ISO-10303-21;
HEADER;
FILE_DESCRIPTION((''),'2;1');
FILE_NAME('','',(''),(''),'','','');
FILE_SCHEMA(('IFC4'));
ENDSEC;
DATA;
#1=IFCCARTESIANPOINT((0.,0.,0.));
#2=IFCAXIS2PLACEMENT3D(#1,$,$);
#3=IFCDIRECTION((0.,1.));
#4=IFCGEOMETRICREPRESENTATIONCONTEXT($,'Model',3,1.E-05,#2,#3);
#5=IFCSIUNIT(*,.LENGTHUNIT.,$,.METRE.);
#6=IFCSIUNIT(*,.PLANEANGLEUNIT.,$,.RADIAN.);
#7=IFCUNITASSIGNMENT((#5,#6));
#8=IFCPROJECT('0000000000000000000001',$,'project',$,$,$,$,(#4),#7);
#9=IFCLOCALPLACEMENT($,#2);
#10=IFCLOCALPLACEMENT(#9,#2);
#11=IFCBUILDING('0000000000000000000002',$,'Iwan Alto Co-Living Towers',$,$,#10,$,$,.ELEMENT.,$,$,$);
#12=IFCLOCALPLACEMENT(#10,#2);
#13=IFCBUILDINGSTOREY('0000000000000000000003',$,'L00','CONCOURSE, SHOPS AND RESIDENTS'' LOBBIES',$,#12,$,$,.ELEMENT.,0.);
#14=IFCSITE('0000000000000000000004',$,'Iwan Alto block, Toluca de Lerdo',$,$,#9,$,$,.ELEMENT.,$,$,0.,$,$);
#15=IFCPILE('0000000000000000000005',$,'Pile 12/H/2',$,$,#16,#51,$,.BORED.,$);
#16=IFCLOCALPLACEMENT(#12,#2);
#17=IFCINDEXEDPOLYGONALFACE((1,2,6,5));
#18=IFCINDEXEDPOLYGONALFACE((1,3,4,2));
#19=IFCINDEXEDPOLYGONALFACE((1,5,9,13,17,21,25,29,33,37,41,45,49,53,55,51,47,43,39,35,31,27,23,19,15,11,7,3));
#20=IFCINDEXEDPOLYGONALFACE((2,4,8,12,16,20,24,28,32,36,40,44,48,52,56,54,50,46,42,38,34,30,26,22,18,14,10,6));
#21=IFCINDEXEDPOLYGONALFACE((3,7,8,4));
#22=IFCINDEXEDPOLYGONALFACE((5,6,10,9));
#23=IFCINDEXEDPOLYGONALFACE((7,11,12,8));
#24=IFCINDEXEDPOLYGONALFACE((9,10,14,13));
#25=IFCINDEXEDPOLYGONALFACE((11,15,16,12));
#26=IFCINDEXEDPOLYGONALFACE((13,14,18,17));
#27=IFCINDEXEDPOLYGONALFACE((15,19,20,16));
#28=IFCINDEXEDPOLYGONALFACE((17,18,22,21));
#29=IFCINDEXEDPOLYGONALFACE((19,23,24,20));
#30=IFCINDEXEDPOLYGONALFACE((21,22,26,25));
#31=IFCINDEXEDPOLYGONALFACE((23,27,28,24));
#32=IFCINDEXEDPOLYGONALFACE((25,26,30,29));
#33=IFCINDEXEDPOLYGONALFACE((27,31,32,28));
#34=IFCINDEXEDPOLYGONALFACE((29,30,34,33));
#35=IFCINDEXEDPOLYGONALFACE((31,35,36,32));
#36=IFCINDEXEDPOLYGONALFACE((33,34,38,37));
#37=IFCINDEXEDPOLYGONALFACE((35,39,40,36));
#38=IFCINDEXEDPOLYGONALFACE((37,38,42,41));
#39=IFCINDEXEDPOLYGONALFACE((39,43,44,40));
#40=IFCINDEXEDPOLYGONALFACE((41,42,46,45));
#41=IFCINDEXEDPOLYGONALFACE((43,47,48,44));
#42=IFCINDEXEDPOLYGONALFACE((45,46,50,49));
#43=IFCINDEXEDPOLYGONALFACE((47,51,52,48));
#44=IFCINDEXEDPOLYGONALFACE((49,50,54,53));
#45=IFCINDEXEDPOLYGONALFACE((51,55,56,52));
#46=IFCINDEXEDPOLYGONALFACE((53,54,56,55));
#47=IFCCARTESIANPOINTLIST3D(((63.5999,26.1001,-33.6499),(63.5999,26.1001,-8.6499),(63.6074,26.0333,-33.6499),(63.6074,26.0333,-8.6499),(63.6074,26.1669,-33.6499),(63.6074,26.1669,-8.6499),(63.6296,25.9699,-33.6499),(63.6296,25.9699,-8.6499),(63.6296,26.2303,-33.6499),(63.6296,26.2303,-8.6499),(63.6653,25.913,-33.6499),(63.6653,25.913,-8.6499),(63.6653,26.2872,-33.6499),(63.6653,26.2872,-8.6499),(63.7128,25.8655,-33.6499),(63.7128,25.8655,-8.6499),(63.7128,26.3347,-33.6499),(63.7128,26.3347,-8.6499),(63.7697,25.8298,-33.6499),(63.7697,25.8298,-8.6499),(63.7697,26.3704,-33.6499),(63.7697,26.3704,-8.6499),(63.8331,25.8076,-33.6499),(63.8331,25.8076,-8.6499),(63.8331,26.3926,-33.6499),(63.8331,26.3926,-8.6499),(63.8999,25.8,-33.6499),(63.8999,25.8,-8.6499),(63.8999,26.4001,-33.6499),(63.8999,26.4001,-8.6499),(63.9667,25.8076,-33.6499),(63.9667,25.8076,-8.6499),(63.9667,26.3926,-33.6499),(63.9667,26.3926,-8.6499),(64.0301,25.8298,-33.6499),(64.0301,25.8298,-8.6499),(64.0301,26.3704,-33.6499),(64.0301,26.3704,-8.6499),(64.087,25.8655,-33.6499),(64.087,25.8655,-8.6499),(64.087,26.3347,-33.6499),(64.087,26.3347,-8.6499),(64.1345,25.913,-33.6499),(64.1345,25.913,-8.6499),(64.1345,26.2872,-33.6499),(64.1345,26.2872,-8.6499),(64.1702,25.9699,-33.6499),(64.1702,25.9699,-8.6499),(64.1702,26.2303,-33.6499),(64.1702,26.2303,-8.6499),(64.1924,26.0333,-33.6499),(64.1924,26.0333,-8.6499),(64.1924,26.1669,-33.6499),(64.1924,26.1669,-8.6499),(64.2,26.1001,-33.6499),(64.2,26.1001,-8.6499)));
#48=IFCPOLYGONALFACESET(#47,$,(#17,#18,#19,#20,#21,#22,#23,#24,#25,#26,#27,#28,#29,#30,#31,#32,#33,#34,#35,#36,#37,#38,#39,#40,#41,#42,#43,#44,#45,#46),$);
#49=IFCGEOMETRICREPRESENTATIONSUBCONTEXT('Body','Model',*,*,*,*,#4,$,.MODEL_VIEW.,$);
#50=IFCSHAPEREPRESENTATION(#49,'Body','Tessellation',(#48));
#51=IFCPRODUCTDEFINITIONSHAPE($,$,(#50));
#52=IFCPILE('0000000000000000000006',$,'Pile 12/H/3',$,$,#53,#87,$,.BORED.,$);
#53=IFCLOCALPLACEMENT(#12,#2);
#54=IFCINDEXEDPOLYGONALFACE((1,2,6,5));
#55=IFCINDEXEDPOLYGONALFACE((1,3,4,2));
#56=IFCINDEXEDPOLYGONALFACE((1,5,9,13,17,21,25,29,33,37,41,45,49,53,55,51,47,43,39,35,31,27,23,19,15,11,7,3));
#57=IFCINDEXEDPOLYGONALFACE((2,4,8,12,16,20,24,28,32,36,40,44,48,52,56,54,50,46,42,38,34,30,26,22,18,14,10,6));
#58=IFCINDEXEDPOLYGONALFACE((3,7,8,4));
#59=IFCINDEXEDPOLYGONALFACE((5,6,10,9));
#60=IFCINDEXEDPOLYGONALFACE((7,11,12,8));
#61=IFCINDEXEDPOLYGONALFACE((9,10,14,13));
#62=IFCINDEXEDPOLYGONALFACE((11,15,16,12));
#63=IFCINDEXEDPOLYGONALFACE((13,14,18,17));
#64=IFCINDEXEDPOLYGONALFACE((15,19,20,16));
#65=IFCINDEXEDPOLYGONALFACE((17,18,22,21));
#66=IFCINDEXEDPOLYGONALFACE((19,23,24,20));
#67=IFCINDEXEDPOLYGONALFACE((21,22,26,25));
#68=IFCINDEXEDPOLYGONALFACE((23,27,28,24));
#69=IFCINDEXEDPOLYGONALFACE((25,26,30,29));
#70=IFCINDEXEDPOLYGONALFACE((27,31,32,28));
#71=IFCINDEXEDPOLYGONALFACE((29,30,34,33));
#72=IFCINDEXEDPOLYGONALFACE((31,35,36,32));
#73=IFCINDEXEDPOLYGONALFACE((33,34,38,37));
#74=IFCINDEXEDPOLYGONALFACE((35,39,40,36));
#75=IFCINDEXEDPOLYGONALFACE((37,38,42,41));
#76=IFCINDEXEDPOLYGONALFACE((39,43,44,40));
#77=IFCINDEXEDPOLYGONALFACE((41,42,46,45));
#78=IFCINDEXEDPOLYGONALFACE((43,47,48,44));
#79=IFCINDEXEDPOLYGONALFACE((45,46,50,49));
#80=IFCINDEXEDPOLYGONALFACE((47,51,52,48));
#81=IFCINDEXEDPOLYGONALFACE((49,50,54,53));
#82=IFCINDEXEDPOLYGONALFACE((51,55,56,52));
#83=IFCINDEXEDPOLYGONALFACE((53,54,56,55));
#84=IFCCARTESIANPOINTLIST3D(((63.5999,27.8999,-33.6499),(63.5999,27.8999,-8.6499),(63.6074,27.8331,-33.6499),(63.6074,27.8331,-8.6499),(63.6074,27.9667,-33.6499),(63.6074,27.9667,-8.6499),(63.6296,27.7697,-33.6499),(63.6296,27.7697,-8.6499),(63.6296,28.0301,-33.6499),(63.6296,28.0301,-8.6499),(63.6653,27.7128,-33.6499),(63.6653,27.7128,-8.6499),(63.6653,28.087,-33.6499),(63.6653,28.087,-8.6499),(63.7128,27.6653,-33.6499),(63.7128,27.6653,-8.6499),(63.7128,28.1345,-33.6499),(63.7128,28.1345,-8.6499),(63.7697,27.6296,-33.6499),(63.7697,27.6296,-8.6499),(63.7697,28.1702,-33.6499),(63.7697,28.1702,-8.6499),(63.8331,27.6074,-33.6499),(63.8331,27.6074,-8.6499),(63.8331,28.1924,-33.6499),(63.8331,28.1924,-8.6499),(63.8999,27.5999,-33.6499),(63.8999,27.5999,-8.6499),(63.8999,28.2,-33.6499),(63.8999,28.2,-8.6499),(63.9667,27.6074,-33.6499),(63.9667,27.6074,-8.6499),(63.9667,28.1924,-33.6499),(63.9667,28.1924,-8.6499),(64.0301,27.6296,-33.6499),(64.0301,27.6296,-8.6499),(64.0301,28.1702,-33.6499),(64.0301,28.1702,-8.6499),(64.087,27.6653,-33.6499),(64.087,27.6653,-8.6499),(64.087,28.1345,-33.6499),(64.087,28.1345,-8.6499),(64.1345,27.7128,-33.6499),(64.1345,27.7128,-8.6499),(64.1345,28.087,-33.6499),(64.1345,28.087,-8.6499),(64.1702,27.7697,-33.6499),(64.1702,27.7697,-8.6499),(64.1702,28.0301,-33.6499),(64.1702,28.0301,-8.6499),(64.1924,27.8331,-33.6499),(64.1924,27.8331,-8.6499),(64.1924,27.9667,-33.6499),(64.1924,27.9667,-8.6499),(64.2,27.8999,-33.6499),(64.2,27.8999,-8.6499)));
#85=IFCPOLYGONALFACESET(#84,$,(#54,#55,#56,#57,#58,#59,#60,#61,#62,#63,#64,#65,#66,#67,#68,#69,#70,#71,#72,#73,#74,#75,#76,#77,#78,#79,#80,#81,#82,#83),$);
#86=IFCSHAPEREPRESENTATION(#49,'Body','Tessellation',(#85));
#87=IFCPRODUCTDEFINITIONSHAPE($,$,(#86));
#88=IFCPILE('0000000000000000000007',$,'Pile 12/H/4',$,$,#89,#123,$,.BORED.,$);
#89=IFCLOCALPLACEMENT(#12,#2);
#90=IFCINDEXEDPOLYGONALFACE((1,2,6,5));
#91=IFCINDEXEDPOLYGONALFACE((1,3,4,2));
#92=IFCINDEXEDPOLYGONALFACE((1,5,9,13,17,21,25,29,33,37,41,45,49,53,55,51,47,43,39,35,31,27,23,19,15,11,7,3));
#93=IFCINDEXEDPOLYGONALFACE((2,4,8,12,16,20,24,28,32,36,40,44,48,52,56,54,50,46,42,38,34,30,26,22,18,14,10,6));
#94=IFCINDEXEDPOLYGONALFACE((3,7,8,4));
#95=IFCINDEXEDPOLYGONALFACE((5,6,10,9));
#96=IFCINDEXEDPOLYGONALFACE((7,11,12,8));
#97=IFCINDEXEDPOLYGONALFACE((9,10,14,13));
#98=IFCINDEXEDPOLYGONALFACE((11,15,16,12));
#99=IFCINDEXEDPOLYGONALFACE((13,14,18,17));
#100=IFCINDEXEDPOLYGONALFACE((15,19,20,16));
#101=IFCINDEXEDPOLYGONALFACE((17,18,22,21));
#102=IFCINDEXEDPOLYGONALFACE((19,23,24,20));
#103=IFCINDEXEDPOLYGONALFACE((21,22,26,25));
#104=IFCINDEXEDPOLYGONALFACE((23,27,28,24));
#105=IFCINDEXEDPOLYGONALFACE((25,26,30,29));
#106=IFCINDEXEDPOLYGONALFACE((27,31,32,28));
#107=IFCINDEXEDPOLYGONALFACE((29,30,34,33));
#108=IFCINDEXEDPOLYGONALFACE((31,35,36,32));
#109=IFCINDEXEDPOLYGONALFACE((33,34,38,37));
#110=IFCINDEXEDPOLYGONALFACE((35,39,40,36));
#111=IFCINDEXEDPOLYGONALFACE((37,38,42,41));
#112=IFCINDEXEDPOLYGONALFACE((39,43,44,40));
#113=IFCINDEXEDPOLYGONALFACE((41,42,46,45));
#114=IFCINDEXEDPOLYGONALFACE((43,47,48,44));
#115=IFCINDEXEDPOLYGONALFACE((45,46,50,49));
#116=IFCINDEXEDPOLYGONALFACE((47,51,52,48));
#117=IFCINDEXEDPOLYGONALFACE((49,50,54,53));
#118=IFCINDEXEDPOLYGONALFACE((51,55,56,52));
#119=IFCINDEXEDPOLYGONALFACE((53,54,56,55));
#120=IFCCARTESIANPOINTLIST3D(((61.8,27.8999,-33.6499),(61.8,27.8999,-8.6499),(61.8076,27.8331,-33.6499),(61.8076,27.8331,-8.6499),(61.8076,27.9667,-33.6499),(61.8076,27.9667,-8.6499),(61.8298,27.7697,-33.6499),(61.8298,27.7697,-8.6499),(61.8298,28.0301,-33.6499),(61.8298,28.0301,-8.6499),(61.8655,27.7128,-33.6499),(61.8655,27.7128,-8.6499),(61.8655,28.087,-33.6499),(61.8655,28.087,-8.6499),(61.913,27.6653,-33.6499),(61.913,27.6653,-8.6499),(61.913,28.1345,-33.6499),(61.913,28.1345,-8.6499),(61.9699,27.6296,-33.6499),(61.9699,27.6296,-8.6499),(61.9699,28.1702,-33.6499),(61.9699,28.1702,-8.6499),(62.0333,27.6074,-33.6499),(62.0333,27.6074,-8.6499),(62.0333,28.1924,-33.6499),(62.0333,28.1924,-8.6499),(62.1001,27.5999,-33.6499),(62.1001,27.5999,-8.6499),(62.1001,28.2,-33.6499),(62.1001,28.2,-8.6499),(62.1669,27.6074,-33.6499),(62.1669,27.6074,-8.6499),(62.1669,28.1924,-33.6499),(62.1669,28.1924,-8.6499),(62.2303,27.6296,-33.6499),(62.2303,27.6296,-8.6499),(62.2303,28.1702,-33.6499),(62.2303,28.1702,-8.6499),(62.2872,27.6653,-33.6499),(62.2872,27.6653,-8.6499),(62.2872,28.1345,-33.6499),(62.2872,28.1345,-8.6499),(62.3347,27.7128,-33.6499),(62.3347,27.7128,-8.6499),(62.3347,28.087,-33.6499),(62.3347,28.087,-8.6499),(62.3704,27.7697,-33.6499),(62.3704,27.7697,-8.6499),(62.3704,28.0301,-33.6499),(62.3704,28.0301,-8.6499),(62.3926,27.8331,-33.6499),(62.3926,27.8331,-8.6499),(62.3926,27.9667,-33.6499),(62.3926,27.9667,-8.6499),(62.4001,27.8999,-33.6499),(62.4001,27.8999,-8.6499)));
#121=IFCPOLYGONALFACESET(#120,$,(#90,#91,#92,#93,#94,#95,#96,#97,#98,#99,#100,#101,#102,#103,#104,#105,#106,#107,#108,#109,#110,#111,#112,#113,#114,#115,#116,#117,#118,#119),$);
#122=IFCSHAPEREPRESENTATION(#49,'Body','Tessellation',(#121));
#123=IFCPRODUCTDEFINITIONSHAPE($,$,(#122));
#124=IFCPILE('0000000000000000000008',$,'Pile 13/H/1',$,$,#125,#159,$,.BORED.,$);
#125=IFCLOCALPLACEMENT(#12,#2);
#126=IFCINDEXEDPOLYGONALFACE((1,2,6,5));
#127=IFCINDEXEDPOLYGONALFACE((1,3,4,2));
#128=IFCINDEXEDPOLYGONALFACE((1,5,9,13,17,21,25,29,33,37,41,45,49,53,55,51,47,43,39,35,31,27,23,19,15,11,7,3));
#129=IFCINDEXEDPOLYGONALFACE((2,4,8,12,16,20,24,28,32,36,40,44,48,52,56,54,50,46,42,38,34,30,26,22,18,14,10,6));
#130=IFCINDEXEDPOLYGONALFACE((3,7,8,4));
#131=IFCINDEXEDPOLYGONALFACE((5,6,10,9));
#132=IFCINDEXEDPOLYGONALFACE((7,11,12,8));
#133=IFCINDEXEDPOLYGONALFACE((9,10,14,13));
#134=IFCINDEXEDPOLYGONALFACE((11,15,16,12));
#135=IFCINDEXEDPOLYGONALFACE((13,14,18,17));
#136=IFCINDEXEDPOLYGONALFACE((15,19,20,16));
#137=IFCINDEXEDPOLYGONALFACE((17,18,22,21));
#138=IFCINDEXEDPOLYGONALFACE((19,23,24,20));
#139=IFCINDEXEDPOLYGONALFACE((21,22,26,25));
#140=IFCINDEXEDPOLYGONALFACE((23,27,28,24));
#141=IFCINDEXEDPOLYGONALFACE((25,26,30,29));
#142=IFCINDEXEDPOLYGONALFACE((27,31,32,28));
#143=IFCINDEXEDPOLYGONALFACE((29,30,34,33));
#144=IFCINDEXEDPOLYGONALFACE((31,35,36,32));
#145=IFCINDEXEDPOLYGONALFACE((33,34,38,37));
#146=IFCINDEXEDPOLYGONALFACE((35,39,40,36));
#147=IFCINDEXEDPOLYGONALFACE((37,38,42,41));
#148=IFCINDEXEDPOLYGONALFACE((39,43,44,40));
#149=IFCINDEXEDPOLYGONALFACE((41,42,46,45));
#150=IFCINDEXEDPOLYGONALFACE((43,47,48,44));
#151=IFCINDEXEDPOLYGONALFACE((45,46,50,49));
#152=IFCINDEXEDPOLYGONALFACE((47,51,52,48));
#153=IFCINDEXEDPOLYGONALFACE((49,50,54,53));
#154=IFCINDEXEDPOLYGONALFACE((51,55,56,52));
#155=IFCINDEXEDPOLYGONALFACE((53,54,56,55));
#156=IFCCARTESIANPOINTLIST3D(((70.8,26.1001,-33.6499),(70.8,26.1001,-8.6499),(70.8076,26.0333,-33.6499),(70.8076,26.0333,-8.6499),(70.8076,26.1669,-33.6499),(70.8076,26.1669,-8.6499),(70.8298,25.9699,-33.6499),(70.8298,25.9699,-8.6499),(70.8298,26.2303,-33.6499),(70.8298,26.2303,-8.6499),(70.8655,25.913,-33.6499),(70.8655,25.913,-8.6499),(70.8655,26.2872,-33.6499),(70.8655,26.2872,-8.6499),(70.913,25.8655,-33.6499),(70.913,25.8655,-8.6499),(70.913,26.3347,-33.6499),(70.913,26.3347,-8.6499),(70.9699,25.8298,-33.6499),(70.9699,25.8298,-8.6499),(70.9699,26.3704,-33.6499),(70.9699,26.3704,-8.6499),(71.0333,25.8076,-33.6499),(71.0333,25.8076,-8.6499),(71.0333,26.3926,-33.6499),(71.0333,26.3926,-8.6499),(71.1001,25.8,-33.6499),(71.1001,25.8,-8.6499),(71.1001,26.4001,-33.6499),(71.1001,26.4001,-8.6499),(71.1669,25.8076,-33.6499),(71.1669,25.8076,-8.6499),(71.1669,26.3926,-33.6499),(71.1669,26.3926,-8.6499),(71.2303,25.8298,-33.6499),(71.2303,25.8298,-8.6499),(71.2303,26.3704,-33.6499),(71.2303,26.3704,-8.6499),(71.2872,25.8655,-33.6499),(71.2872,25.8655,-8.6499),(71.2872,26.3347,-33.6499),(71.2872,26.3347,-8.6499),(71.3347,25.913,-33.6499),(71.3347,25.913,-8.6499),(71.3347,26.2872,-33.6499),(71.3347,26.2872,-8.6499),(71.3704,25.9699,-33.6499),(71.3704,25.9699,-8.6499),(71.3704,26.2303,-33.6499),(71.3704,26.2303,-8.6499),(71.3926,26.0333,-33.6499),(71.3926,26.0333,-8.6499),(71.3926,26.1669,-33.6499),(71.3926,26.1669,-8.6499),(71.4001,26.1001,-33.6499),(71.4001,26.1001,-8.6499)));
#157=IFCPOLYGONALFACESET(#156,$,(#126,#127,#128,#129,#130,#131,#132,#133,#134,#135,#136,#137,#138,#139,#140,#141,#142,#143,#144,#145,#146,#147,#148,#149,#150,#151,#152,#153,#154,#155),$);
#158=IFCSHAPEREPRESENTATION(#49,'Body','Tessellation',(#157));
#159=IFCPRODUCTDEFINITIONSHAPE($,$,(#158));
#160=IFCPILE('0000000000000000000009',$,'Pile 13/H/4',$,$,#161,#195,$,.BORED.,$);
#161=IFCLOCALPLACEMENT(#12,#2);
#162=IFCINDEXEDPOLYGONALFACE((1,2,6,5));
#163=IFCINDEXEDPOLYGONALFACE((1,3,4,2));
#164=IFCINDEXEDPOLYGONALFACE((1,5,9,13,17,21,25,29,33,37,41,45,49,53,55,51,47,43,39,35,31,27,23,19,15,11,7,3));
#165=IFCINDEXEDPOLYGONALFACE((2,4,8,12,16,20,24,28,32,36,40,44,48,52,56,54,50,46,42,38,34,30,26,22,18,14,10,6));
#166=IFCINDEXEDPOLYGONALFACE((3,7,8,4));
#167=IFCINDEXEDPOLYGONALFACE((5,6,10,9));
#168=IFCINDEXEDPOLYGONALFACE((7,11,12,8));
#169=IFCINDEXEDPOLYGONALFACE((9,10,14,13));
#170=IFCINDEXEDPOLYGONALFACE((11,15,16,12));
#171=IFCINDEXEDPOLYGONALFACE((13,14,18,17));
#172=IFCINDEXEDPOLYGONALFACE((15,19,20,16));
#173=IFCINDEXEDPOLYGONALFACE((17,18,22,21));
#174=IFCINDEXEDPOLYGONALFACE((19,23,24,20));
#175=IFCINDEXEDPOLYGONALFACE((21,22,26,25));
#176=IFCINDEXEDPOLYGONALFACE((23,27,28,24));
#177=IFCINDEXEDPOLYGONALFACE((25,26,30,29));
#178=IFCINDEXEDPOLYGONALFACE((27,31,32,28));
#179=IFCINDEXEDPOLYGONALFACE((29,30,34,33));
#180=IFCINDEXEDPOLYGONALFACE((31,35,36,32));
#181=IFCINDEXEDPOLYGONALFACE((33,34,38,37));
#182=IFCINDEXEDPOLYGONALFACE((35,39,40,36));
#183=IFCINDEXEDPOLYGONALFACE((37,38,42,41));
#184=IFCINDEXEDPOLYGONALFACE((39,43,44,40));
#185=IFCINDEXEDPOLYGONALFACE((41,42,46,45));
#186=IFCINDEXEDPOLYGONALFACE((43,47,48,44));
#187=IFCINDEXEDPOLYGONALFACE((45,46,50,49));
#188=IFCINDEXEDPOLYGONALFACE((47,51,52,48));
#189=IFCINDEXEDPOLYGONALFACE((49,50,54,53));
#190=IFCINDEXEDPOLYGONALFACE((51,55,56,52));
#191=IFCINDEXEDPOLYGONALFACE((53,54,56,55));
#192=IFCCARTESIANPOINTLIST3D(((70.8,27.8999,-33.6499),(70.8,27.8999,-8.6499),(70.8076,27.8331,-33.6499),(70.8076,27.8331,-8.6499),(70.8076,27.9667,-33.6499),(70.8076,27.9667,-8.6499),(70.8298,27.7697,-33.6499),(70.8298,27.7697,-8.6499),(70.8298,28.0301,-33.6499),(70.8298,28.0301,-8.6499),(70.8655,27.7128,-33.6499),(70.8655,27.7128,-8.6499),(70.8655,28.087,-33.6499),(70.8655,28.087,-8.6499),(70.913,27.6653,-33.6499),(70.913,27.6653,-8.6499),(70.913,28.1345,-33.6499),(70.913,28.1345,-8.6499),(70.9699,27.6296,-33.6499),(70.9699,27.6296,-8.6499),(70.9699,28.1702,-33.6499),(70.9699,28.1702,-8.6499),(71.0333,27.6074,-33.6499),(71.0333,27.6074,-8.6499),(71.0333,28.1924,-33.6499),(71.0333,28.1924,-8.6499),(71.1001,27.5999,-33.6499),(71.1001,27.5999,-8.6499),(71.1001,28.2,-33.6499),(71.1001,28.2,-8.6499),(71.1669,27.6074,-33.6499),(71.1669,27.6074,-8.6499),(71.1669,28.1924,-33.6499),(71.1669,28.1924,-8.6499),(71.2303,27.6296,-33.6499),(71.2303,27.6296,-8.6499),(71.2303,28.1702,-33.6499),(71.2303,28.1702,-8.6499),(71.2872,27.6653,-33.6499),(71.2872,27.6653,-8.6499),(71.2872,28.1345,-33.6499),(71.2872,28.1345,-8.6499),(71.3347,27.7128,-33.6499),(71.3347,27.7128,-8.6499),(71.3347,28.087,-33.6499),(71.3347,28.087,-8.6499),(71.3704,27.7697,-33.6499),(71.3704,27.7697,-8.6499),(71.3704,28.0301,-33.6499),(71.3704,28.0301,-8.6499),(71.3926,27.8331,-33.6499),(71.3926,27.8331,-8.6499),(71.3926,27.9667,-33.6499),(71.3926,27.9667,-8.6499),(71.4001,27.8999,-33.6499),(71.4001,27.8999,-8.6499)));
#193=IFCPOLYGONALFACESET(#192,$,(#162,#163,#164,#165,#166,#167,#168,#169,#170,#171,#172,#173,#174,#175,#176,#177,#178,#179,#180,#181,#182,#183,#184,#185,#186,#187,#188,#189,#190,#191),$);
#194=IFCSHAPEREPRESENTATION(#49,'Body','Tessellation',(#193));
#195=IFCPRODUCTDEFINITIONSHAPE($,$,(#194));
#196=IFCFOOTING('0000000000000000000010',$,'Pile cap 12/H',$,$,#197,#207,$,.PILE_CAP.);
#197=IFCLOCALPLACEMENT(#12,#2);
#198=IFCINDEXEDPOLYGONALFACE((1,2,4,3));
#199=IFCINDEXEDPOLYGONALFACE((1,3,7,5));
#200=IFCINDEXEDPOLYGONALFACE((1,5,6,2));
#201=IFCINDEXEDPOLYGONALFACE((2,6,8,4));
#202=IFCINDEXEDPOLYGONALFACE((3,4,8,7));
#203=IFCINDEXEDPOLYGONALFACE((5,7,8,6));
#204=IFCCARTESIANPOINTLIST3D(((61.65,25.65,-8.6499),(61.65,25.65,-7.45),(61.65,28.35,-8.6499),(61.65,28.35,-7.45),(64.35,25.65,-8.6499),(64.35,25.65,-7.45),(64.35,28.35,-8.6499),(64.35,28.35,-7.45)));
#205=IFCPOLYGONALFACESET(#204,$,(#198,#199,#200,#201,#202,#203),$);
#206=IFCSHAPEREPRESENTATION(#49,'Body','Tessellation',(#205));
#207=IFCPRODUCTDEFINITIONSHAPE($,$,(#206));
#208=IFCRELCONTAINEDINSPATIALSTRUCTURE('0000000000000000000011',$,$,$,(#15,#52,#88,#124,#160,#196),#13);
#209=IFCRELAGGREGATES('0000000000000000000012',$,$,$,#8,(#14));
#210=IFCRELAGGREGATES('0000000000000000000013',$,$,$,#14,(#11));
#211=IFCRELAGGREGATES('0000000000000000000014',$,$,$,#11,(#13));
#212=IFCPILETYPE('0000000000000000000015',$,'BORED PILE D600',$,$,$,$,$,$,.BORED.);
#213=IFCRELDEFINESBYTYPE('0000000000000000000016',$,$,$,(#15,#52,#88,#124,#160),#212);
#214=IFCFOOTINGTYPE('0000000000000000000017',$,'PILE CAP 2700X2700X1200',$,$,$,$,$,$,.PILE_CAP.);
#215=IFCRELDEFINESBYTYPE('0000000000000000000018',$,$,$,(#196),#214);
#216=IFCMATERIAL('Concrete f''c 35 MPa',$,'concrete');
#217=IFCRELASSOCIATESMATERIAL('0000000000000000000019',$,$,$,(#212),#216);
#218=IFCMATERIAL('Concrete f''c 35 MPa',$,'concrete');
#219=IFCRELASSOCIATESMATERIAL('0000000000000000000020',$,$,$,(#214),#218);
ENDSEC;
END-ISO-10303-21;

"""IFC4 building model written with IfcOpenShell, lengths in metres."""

from ifc_helpers import new_model, si_unit, direction, frame, origin, origin_2d, place, context, subcontext, project, spatial, rectangle, circle, extrude, material, material_profile, profile_set, type_object, element, save


model = new_model("IFC4")

# Units and contexts
model_context = context("Model", 3, precision=1e-05, world=origin(), true_north=direction((0.0, 1.0)))
body_context = subcontext(model_context, "Body", "Model", "MODEL_VIEW")
ifc_project = project(units=[si_unit("LENGTHUNIT", "METRE"), si_unit("PLANEANGLEUNIT", "RADIAN")], contexts=[model_context])

# Site, building, storey
site_placement = place(None, origin())
site = spatial("IfcSite", under=ifc_project, at=site_placement, Name="Iwan Alto block, Toluca de Lerdo", CompositionType="ELEMENT", RefElevation=0.0)
building_placement = place(site_placement, origin())
building = spatial("IfcBuilding", under=site, at=building_placement, Name="Iwan Alto Co-Living Towers", CompositionType="ELEMENT")
storey_placement = place(building_placement, origin())
storey = spatial("IfcBuildingStorey", under=building, at=storey_placement, Name="L00", Description="CONCOURSE, SHOPS AND RESIDENTS' LOBBIES", CompositionType="ELEMENT", Elevation=0.0)

# Piles
ifc_material_1 = material(Name="Concrete f'c 35 MPa", Category="concrete")
ifc_material_profile_1 = material_profile(ifc_material_1, circle(Radius=0.3, at=origin_2d()), Name="D600")
ifc_profile_set_1 = profile_set([ifc_material_profile_1], Name="Concrete f'c 35 MPa")
pile_type_1 = type_object("IfcPileType", Name="BORED PILE D600", PredefinedType="BORED", material=ifc_profile_set_1)
for number, where, z_axis, x_axis, name in (
    (1, (63.8999, 26.1001, -8.6499), (0.0, 0.0, -1.0), (1.0, 0.0, 0.0), "Pile 12/H/2"),
    (2, (63.8999, 27.8999, -8.6499), (0.0, 0.0, -1.0), (1.0, 0.0, 0.0), "Pile 12/H/3"),
    (3, (62.1001, 27.8999, -8.6499), (0.0, 0.0, -1.0), (1.0, 0.0, 0.0), "Pile 12/H/4"),
    (4, (71.1001, 26.1001, -8.6499), (0.0, 0.0, -1.0), (1.0, 0.0, 0.0), "Pile 13/H/1"),
    (5, (71.1001, 27.8999, -8.6499), (0.0, 0.0, -1.0), (1.0, 0.0, 0.0), "Pile 13/H/4"),
):
    element("IfcPile", number, at=place(storey_placement, frame(where, z_axis=z_axis, x_axis=x_axis)), inside=storey, type_object=pile_type_1, Name=name, PredefinedType="BORED", context=body_context, shape_type="SweptSolid", body=[
        extrude(circle(Radius=0.3, at=origin_2d()), origin(), (0.0, 0.0, 1.0), 25.0),
    ])

# Footing
ifc_material_2 = material(Name="Concrete f'c 35 MPa", Category="concrete")
footing_type = type_object("IfcFootingType", Name="PILE CAP 2700X2700X1200", PredefinedType="PILE_CAP", material=ifc_material_2)
for number, where, z_axis, x_axis, name in (
    (6, (63.0, 27.0, -8.6499), (0.0, 0.0, 1.0), (1.0, 0.0, 0.0), "Pile cap 12/H"),
):
    element("IfcFooting", number, at=place(storey_placement, frame(where, z_axis=z_axis, x_axis=x_axis)), inside=storey, type_object=footing_type, Name=name, PredefinedType="PILE_CAP", context=body_context, shape_type="SweptSolid", body=[
        extrude(rectangle(XDim=2.7, YDim=2.7, at=origin_2d()), origin(), (0.0, 0.0, 1.0), 1.2),
    ])

save(model, "model.ifc")
